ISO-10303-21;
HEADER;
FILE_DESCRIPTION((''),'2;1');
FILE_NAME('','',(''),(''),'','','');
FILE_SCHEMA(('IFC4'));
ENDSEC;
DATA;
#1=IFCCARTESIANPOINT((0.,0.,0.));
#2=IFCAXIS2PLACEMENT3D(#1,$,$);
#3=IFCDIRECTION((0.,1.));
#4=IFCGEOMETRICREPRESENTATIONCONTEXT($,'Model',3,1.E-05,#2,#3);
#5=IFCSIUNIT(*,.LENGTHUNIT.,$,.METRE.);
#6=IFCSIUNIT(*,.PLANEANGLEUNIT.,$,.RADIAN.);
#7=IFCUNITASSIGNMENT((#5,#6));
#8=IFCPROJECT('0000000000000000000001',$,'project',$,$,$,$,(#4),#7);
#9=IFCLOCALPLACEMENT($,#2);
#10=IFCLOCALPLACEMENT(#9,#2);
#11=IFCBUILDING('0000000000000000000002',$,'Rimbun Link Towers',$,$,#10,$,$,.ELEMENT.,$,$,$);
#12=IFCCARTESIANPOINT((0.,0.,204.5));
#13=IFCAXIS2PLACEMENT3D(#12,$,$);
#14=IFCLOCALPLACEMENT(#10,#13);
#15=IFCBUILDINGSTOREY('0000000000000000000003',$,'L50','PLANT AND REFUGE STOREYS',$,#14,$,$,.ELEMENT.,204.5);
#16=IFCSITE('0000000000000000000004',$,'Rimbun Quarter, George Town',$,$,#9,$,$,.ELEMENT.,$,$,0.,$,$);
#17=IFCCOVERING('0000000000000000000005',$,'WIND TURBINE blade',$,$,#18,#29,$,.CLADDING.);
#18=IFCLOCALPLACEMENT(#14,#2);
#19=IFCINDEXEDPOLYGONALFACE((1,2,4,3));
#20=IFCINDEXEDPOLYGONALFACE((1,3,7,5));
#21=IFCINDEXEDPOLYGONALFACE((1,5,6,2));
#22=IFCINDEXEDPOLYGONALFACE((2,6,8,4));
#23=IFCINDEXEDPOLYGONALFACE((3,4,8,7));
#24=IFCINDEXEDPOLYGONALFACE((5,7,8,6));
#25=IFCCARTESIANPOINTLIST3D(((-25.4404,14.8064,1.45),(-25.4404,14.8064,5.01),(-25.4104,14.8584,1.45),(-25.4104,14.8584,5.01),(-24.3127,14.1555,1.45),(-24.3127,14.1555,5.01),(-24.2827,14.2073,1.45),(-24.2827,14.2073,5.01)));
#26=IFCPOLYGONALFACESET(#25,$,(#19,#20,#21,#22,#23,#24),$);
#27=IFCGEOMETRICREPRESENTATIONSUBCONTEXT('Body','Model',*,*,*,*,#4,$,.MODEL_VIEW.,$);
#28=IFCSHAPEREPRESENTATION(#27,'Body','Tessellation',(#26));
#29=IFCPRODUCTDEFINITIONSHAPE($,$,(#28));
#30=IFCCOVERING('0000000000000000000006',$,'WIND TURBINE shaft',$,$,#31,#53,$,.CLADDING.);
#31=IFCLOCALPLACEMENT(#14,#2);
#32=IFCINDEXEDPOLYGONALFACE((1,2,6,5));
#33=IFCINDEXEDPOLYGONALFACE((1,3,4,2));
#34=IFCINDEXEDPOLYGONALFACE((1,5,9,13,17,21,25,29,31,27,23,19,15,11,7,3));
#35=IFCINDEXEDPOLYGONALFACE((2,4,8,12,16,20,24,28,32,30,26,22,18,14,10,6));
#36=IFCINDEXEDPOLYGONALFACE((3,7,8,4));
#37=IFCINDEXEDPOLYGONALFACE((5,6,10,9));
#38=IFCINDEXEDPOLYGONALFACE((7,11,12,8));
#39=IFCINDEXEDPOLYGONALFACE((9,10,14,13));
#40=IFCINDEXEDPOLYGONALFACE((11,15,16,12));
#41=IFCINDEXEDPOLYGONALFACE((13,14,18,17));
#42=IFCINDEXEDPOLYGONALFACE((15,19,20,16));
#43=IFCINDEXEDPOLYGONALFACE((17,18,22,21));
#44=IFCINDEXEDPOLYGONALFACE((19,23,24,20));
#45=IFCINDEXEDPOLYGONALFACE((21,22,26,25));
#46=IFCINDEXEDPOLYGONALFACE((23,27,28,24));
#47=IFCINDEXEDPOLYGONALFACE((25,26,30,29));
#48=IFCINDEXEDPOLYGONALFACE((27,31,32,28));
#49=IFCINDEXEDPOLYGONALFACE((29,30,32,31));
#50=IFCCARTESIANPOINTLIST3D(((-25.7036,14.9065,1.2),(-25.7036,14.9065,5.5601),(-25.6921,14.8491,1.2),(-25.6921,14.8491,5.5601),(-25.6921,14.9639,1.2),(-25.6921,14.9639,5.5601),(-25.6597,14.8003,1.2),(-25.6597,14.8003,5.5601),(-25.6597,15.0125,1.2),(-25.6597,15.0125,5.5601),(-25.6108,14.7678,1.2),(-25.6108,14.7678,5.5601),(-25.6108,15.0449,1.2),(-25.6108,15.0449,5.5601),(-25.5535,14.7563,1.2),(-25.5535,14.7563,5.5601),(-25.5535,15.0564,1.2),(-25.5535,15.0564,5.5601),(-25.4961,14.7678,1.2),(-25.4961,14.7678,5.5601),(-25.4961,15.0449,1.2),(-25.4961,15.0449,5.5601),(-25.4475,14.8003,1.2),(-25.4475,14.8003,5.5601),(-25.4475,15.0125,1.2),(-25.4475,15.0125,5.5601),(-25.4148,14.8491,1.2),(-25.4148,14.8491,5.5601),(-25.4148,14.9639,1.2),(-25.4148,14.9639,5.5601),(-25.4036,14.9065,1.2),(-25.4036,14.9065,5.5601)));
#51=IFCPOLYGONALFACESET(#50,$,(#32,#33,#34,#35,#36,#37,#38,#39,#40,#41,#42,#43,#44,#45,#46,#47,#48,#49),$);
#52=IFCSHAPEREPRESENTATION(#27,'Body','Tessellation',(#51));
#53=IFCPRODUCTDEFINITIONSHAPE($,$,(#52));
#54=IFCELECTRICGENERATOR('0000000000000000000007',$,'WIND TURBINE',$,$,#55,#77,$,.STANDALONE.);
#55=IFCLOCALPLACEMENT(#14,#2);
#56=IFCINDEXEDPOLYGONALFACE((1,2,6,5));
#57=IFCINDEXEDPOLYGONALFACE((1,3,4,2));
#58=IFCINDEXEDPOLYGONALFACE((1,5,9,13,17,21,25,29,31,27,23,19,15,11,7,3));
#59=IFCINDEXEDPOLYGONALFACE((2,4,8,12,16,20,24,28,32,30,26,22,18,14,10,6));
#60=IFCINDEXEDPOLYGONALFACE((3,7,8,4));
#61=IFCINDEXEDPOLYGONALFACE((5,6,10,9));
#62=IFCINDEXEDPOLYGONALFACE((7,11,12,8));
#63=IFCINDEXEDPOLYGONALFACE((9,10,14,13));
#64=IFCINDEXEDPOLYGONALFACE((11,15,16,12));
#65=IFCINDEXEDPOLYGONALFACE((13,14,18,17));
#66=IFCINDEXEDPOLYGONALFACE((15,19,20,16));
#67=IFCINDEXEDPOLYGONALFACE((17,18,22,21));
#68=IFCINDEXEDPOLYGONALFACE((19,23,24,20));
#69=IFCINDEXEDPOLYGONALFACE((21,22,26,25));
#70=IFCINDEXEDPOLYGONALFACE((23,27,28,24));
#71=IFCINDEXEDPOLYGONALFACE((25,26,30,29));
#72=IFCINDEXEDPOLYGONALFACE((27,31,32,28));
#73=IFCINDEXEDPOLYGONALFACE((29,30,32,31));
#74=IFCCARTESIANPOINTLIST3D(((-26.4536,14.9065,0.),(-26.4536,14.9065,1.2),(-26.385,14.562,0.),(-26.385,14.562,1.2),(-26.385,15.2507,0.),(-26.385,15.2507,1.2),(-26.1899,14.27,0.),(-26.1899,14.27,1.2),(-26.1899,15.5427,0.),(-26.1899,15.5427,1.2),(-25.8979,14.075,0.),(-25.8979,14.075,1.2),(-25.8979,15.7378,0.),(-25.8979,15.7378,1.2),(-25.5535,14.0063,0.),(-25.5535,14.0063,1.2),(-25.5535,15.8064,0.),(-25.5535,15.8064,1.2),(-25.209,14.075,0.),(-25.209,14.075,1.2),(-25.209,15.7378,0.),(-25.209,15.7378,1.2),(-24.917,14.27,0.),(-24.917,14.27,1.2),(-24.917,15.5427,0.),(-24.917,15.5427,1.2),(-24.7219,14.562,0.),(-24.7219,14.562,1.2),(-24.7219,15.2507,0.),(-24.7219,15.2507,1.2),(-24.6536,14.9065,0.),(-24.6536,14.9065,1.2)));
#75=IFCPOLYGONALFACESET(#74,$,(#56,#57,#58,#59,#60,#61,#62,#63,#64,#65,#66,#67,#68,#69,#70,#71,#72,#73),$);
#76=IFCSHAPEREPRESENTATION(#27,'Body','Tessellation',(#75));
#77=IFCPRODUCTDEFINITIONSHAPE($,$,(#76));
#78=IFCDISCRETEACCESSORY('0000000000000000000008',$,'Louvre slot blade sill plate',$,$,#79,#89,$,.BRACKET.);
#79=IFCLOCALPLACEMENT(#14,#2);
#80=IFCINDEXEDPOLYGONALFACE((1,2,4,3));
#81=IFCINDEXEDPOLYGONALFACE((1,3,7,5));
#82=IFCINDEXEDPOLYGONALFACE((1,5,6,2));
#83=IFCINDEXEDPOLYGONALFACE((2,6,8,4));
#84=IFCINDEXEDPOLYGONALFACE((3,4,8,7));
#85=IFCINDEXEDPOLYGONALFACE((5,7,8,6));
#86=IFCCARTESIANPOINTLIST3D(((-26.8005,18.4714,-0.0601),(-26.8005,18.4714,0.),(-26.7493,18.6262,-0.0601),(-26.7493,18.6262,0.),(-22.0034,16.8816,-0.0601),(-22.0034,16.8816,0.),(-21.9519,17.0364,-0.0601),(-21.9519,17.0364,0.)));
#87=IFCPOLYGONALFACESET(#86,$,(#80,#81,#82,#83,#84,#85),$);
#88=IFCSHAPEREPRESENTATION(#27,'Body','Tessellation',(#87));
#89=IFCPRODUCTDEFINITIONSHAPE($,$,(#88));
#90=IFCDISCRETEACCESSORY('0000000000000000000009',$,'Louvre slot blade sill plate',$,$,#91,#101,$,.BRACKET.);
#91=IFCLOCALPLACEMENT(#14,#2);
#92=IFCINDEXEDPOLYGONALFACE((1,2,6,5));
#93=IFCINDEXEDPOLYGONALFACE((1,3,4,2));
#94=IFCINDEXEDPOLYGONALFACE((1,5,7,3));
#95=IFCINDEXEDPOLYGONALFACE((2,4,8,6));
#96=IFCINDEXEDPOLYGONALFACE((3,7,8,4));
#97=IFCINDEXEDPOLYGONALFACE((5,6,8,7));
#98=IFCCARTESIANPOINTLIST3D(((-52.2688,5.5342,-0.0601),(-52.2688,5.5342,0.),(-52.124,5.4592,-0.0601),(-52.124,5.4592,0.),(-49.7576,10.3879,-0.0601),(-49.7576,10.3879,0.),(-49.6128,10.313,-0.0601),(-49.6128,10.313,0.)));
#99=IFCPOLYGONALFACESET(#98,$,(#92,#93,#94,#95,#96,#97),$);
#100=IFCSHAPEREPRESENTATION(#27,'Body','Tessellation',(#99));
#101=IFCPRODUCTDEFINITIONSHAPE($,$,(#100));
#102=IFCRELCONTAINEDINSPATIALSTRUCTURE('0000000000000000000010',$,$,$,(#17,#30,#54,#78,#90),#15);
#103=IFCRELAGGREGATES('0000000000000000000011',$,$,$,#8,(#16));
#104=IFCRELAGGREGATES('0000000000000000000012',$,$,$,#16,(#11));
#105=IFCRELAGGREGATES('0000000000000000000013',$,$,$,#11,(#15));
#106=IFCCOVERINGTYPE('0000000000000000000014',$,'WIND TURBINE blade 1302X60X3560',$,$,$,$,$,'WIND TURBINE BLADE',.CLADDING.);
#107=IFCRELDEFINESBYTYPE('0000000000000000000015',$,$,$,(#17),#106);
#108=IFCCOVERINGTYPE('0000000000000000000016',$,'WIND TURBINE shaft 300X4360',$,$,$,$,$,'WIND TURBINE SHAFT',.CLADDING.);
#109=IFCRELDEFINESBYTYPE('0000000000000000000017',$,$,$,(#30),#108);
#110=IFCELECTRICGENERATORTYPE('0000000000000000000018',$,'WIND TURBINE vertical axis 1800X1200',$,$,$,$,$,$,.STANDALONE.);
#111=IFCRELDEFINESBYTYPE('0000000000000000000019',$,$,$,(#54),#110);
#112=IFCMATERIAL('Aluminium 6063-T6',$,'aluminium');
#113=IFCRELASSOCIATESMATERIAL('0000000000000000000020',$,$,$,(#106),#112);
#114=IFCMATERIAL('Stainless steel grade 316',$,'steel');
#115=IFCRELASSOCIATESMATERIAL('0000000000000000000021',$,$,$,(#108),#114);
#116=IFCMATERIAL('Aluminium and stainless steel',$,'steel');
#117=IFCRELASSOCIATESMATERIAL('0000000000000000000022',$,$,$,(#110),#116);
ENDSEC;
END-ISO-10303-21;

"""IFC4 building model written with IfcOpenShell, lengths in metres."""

from ifc_helpers import new_model, si_unit, direction, frame, origin, place, context, subcontext, project, spatial, polyline, outline, extrude, material, type_object, element, save


model = new_model("IFC4")

# Units and contexts
model_context = context("Model", 3, precision=1e-05, world=origin(), true_north=direction((0.0, 1.0)))
body_context = subcontext(model_context, "Body", "Model", "MODEL_VIEW")
ifc_project = project(units=[si_unit("LENGTHUNIT", "METRE"), si_unit("PLANEANGLEUNIT", "RADIAN")], contexts=[model_context])

# Site, building, storey
site_placement = place(None, origin())
site = spatial("IfcSite", under=ifc_project, at=site_placement, Name="Rimbun Quarter, George Town", CompositionType="ELEMENT", RefElevation=0.0)
building_placement = place(site_placement, origin())
building = spatial("IfcBuilding", under=site, at=building_placement, Name="Rimbun Link Towers", CompositionType="ELEMENT")
storey_placement = place(building_placement, frame((0.0, 0.0, 204.5)))
storey = spatial("IfcBuildingStorey", under=building, at=storey_placement, Name="L50", Description="PLANT AND REFUGE STOREYS", CompositionType="ELEMENT", Elevation=204.5)

# Coverings
ifc_material_1 = material(Name="Aluminium 6063-T6", Category="aluminium")
covering_type_1 = type_object("IfcCoveringType", Name="WIND TURBINE blade 1302X60X3560", ElementType="WIND TURBINE BLADE", PredefinedType="CLADDING", material=ifc_material_1)
covering_1_placement = place(storey_placement, frame((0.0, 0.0, 1.45)))
element("IfcCovering", 1, at=covering_1_placement, inside=storey, type_object=covering_type_1, Name="WIND TURBINE blade", PredefinedType="CLADDING", context=body_context, shape_type="SweptSolid", body=[
    extrude(outline(polyline([(-25.4404, 14.8064), (-24.3127, 14.1555), (-24.2827, 14.2073), (-25.4104, 14.8584), (-25.4404, 14.8064)])), origin(), (0.0, 0.0, 1.0), 3.5601),
])
ifc_material_2 = material(Name="Stainless steel grade 316", Category="steel")
covering_type_2 = type_object("IfcCoveringType", Name="WIND TURBINE shaft 300X4360", ElementType="WIND TURBINE SHAFT", PredefinedType="CLADDING", material=ifc_material_2)
covering_2_placement = place(storey_placement, frame((0.0, 0.0, 1.2)))
element("IfcCovering", 2, at=covering_2_placement, inside=storey, type_object=covering_type_2, Name="WIND TURBINE shaft", PredefinedType="CLADDING", context=body_context, shape_type="SweptSolid", body=[
    extrude(outline(polyline([(-25.4036, 14.9065), (-25.4148, 14.9639), (-25.4475, 15.0125), (-25.4961, 15.0449), (-25.5535, 15.0564), (-25.6108, 15.0449), (-25.6597, 15.0125), (-25.6921, 14.9639), (-25.7036, 14.9065), (-25.6921, 14.8491), (-25.6597, 14.8003), (-25.6108, 14.7678), (-25.5535, 14.7563), (-25.4961, 14.7678), (-25.4475, 14.8003), (-25.4148, 14.8491), (-25.4036, 14.9065)])), origin(), (0.0, 0.0, 1.0), 4.3601),
])

# Electric generator
ifc_material_3 = material(Name="Aluminium and stainless steel", Category="steel")
electric_generator_type = type_object("IfcElectricGeneratorType", Name="WIND TURBINE vertical axis 1800X1200", PredefinedType="STANDALONE", material=ifc_material_3)
electric_generator_placement = place(storey_placement, origin())
element("IfcElectricGenerator", 3, at=electric_generator_placement, inside=storey, type_object=electric_generator_type, Name="WIND TURBINE", PredefinedType="STANDALONE", context=body_context, shape_type="SweptSolid", body=[
    extrude(outline(polyline([(-24.6536, 14.9065), (-24.7219, 15.2507), (-24.917, 15.5427), (-25.209, 15.7378), (-25.5535, 15.8064), (-25.8979, 15.7378), (-26.1899, 15.5427), (-26.385, 15.2507), (-26.4536, 14.9065), (-26.385, 14.562), (-26.1899, 14.27), (-25.8979, 14.075), (-25.5535, 14.0063), (-25.209, 14.075), (-24.917, 14.27), (-24.7219, 14.562), (-24.6536, 14.9065)])), origin(), (0.0, 0.0, 1.0), 1.2),
])

# Discrete accessories
discrete_accessory_1_placement = place(storey_placement, frame((0.0, 0.0, -0.0601)))
element("IfcDiscreteAccessory", 4, at=discrete_accessory_1_placement, inside=storey, Name="Louvre slot blade sill plate", PredefinedType="BRACKET", context=body_context, shape_type="SweptSolid", body=[
    extrude(outline(polyline([(-26.8005, 18.4714), (-26.7493, 18.6262), (-21.9519, 17.0364), (-22.0034, 16.8816), (-26.8005, 18.4714)])), origin(), (0.0, 0.0, 1.0), 0.0601),
])
discrete_accessory_2_placement = place(storey_placement, frame((0.0, 0.0, -0.0601)))
element("IfcDiscreteAccessory", 5, at=discrete_accessory_2_placement, inside=storey, Name="Louvre slot blade sill plate", PredefinedType="BRACKET", context=body_context, shape_type="SweptSolid", body=[
    extrude(outline(polyline([(-52.124, 5.4592), (-52.2688, 5.5342), (-49.7576, 10.3879), (-49.6128, 10.313), (-52.124, 5.4592)])), origin(), (0.0, 0.0, 1.0), 0.0601),
])

save(model, "model.ifc")
